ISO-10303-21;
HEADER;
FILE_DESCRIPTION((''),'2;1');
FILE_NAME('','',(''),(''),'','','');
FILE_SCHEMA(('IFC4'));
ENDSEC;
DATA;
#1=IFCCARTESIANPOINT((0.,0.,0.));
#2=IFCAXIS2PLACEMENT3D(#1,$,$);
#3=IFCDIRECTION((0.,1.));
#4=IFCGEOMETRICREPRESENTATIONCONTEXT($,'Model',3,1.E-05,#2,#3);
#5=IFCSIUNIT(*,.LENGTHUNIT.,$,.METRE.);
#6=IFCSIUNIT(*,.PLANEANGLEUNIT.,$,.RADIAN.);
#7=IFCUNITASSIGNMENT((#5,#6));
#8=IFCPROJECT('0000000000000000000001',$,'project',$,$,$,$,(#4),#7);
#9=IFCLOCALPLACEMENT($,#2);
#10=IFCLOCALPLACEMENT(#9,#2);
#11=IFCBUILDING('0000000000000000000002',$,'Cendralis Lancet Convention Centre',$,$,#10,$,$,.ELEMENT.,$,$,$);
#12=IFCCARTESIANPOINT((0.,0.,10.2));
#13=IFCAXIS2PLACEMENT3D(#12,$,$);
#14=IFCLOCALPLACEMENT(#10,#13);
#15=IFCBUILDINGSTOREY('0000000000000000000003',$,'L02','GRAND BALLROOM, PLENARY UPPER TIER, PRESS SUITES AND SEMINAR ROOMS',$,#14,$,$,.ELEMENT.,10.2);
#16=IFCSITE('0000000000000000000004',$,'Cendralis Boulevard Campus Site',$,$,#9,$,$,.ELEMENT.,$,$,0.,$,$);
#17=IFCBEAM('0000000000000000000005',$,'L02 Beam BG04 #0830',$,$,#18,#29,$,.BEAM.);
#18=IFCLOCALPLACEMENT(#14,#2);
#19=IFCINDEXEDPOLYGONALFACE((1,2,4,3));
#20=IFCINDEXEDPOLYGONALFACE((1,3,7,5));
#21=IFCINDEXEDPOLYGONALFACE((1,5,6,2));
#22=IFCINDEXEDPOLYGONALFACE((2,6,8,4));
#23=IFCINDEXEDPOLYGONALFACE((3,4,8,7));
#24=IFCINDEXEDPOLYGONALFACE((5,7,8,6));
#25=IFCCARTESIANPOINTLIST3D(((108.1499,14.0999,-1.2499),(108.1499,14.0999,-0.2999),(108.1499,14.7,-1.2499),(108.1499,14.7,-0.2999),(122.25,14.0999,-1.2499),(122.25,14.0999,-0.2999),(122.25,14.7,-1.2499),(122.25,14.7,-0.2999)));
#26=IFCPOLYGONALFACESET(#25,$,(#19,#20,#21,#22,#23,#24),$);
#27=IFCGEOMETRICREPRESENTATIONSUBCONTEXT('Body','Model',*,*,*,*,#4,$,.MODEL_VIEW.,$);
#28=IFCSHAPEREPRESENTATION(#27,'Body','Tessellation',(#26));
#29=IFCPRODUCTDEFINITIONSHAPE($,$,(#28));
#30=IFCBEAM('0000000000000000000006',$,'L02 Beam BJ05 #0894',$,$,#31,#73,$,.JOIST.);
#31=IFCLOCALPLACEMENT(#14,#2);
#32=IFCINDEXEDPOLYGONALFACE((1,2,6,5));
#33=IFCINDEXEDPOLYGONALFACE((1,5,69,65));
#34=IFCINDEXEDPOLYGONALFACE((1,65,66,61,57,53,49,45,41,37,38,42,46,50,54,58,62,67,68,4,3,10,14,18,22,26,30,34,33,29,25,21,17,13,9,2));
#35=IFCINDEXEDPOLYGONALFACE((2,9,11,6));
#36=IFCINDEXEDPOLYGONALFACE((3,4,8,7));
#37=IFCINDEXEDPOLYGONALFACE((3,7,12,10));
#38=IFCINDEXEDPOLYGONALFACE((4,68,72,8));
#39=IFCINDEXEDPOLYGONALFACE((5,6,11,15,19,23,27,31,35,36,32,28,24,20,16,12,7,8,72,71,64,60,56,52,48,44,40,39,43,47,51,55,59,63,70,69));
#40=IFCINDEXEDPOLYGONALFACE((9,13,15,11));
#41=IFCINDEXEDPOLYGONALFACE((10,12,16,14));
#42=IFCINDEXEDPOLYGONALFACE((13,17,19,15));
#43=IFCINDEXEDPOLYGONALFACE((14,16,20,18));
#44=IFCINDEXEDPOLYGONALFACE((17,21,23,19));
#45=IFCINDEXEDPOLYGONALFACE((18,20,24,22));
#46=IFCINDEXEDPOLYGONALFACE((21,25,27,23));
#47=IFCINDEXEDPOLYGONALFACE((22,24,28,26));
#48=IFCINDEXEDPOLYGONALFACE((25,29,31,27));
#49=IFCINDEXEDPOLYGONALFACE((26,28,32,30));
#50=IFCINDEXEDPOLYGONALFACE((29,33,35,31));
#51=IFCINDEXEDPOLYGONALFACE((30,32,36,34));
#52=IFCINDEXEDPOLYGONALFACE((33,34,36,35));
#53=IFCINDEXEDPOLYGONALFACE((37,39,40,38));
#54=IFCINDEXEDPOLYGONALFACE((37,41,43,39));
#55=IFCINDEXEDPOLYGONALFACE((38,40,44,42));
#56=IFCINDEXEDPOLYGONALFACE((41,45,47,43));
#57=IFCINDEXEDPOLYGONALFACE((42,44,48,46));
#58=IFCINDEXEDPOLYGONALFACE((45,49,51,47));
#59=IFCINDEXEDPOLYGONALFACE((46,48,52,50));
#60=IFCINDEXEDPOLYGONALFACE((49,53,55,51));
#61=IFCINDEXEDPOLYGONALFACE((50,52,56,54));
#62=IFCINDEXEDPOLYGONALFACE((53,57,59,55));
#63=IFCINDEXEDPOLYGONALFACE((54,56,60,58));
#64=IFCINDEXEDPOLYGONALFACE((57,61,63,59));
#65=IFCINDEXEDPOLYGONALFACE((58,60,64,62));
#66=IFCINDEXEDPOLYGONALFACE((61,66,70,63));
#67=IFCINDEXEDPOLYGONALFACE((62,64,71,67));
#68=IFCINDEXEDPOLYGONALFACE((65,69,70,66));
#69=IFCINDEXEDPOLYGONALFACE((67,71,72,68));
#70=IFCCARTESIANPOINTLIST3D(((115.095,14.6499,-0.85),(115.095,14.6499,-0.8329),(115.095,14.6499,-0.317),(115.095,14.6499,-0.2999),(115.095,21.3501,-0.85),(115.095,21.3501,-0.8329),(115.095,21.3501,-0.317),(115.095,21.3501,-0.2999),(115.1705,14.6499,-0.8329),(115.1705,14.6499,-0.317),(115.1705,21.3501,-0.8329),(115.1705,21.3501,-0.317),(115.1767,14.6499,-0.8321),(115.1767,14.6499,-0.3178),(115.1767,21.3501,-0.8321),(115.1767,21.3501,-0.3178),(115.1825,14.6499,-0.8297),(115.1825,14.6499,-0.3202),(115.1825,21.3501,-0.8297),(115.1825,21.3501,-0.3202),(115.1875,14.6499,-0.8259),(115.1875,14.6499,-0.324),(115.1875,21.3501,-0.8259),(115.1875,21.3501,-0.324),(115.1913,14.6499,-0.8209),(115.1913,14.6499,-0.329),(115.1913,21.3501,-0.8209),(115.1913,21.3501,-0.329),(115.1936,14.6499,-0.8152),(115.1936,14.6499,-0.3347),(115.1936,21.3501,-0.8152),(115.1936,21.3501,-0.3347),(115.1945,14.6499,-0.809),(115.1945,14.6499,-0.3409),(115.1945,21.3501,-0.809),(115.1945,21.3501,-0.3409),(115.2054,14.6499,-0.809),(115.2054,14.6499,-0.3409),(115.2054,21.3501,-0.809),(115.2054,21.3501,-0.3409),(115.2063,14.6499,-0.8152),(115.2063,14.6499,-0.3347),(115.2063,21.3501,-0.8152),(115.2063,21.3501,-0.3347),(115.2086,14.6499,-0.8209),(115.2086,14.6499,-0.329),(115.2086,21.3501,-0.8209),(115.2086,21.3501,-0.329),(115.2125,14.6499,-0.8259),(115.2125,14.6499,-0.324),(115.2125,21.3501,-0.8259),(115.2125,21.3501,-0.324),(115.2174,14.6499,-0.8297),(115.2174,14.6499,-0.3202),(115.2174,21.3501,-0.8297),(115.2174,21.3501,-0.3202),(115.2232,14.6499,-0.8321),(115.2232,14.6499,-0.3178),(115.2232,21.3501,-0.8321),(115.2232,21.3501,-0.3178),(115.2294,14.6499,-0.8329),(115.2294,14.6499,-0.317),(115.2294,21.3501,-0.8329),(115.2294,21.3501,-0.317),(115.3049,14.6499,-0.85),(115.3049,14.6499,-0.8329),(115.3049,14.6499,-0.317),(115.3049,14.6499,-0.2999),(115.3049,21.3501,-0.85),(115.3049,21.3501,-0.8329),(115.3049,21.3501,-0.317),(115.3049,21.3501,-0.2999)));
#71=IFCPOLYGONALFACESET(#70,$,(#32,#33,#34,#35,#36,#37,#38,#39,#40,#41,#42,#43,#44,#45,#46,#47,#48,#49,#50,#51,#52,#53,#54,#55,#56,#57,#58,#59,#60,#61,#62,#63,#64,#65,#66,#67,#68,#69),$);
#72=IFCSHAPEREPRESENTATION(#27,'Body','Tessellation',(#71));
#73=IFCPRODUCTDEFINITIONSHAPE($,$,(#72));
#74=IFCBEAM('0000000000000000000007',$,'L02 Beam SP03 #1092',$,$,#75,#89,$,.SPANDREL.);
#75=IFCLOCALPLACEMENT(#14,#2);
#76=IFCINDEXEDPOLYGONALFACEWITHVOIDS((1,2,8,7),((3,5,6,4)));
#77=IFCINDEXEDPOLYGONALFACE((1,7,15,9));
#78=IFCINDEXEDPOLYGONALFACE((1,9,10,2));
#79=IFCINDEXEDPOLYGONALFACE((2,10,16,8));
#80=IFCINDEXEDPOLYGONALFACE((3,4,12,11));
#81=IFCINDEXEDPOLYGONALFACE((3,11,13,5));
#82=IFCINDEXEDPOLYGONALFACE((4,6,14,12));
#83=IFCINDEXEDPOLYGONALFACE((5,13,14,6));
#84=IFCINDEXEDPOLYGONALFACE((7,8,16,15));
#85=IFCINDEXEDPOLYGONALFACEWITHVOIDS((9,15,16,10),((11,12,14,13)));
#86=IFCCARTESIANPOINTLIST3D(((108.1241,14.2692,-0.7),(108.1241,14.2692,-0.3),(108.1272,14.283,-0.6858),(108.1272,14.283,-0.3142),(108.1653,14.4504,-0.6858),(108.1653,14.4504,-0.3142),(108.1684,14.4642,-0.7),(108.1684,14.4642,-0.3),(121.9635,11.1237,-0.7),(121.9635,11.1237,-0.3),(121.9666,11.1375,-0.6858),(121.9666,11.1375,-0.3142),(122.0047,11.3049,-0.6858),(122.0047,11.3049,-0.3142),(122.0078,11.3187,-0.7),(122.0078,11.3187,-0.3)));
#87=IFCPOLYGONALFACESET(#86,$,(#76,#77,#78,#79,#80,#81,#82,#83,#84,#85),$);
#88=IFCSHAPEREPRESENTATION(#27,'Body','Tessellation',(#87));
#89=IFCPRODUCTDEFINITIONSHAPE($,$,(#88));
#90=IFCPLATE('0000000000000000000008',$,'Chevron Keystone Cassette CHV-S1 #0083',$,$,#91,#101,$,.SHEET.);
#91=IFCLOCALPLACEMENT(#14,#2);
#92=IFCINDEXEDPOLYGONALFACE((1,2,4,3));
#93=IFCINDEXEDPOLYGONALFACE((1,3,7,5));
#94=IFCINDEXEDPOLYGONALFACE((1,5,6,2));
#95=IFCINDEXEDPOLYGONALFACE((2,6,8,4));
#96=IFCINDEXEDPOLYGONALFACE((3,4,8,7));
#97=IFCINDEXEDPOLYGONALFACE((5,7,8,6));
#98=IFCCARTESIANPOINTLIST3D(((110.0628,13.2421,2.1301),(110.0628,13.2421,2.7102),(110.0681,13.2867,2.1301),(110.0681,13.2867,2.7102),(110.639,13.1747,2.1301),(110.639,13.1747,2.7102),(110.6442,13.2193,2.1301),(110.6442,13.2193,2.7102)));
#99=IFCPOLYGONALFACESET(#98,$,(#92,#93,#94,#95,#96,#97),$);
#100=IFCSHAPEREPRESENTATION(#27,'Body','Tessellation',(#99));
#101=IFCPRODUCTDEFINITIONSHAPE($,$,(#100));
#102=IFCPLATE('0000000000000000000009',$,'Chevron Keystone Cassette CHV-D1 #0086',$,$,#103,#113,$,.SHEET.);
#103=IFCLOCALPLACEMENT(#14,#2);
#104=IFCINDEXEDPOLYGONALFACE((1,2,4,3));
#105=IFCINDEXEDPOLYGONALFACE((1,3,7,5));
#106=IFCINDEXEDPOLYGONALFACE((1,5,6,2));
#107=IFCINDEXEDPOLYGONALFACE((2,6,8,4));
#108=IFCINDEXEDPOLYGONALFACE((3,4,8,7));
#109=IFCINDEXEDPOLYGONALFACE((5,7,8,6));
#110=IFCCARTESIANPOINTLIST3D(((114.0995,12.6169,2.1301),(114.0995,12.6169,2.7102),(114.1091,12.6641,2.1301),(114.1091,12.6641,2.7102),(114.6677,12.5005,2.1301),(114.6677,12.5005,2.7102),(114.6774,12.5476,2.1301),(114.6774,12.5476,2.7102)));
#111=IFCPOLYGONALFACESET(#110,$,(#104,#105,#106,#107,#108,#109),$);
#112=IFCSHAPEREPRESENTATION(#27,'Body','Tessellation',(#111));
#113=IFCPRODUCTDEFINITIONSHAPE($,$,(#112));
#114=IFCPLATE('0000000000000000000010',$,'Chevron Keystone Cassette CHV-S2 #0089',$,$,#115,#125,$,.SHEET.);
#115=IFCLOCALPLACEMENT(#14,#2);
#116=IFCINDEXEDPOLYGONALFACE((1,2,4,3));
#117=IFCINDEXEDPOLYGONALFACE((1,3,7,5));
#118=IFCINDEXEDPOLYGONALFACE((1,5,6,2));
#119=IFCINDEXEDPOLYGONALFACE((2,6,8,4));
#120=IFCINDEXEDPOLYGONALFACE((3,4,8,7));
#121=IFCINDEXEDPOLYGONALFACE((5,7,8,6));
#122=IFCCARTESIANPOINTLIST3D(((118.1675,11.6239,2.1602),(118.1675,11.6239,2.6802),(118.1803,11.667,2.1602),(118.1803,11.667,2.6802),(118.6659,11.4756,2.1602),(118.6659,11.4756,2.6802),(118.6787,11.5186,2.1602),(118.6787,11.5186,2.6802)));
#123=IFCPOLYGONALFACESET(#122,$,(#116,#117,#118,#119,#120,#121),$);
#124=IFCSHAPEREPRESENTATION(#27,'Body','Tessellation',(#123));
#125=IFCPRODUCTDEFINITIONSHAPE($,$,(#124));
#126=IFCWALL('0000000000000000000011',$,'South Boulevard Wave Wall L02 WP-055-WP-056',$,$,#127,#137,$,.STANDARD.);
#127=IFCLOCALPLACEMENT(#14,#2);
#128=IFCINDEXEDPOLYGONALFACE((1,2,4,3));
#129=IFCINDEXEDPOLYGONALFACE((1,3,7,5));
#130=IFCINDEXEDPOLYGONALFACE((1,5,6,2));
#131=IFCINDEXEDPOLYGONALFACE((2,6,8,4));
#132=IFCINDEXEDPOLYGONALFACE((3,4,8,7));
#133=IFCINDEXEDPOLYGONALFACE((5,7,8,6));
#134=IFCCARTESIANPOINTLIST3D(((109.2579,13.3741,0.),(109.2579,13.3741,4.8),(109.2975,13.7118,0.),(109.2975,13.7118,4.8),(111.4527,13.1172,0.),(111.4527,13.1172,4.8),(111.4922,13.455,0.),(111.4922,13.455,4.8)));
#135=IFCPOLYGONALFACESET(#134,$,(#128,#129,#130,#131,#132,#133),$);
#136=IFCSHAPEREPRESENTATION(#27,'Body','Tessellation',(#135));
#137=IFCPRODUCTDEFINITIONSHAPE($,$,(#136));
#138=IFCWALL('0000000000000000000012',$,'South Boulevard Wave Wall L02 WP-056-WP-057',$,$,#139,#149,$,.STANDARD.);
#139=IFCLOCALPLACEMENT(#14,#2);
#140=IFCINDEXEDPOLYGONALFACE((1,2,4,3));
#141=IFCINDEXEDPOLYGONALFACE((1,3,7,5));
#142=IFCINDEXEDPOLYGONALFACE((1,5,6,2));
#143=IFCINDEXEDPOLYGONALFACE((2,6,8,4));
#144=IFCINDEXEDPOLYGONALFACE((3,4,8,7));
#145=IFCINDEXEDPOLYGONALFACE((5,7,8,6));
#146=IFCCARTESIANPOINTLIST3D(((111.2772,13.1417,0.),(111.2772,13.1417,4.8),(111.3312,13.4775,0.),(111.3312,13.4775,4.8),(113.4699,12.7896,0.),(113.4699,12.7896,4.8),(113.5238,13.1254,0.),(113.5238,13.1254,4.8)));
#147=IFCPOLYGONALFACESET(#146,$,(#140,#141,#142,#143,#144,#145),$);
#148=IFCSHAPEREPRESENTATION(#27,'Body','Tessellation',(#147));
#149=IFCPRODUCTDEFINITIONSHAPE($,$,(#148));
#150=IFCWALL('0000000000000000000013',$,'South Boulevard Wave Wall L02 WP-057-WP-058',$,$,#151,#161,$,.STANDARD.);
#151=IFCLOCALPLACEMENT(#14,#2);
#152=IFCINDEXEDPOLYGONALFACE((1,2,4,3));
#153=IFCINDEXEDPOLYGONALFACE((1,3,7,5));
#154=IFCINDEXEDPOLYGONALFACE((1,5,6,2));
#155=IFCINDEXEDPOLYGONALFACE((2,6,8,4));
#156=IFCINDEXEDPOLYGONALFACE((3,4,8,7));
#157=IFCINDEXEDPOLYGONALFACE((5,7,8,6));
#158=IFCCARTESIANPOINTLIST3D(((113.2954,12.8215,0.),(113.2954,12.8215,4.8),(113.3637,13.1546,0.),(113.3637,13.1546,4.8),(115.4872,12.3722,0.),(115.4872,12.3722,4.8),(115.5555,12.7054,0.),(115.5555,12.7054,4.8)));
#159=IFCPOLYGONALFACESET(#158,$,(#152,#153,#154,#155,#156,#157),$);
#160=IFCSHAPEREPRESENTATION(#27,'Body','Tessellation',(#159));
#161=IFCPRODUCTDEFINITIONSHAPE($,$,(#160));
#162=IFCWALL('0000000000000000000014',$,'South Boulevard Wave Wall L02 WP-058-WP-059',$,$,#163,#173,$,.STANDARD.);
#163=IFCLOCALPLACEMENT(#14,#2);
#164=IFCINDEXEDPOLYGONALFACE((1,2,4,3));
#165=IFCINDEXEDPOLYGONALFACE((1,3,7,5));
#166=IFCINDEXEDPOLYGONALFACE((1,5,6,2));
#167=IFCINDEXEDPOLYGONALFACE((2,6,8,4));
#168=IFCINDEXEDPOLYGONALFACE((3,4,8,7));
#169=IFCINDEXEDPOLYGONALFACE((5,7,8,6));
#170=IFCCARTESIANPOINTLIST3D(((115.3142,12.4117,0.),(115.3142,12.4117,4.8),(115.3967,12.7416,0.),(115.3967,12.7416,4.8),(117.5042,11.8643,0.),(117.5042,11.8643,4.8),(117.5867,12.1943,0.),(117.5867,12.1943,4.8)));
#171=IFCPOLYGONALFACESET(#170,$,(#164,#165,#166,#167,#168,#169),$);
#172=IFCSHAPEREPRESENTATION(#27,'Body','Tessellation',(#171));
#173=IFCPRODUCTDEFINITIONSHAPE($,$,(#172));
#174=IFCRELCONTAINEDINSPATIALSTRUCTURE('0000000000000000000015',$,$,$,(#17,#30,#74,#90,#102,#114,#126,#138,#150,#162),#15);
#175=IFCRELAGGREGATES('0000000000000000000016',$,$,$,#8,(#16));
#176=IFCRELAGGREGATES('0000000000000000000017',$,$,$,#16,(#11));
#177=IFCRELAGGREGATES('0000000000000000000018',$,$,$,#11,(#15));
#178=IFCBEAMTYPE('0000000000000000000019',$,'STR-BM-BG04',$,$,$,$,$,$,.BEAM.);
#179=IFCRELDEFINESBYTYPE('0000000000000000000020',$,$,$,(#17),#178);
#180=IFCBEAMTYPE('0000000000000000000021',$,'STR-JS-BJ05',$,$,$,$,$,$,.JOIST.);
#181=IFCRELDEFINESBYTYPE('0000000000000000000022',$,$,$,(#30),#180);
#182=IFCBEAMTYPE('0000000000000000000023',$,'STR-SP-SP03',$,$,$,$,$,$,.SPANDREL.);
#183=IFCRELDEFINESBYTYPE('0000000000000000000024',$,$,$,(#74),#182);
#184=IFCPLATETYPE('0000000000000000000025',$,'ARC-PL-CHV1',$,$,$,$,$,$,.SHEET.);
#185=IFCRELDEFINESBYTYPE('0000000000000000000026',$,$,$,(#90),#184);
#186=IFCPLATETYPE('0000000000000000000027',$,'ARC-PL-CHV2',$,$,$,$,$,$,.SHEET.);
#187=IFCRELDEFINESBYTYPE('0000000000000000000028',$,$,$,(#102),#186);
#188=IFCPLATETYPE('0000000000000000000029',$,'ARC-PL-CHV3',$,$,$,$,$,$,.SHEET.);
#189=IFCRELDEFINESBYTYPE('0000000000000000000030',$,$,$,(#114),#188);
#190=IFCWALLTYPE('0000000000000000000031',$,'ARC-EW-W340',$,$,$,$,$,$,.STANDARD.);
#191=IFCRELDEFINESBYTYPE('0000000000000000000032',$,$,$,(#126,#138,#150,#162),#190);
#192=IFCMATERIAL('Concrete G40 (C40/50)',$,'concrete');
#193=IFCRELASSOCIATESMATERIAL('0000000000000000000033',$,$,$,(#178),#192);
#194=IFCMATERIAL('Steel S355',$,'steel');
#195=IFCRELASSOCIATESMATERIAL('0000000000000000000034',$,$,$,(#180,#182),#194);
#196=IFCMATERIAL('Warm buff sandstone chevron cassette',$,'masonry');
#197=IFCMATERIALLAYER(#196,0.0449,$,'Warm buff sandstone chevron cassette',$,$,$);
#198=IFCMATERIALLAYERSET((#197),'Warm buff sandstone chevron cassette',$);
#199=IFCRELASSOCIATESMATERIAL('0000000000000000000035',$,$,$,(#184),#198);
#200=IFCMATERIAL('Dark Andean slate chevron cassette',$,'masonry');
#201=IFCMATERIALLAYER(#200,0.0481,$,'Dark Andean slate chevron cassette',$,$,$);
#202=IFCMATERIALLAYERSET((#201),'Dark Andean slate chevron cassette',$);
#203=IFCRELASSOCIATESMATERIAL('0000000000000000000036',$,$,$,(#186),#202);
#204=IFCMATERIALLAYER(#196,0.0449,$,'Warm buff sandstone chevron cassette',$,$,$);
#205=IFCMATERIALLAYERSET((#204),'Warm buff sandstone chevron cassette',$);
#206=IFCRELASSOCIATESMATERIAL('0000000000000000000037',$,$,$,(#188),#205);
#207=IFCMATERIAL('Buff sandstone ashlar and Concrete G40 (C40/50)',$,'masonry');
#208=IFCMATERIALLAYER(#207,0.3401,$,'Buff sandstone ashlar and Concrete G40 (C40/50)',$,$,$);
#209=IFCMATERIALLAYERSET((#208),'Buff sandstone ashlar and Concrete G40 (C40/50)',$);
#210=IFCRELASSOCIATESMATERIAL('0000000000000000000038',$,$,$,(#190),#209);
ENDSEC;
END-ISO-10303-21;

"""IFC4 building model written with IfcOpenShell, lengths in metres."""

from ifc_helpers import new_model, si_unit, direction, frame, frame_2d, origin, origin_2d, place, context, subcontext, project, spatial, rectangle, hollow_rectangle, i_section, extrude, material, layer, layer_set, material_profile, profile_set, type_object, element, save


model = new_model("IFC4")

# Units and contexts
model_context = context("Model", 3, precision=1e-05, world=origin(), true_north=direction((0.0, 1.0)))
body_context = subcontext(model_context, "Body", "Model", "MODEL_VIEW")
ifc_project = project(units=[si_unit("LENGTHUNIT", "METRE"), si_unit("PLANEANGLEUNIT", "RADIAN")], contexts=[model_context])

# Site, building, storey
site_placement = place(None, origin())
site = spatial("IfcSite", under=ifc_project, at=site_placement, Name="Cendralis Boulevard Campus Site", CompositionType="ELEMENT", RefElevation=0.0)
building_placement = place(site_placement, origin())
building = spatial("IfcBuilding", under=site, at=building_placement, Name="Cendralis Lancet Convention Centre", CompositionType="ELEMENT")
storey_placement = place(building_placement, frame((0.0, 0.0, 10.2)))
storey = spatial("IfcBuildingStorey", under=building, at=storey_placement, Name="L02", Description="GRAND BALLROOM, PLENARY UPPER TIER, PRESS SUITES AND SEMINAR ROOMS", CompositionType="ELEMENT", Elevation=10.2)

# Beams
ifc_material_1 = material(Name="Concrete G40 (C40/50)", Category="concrete")
ifc_material_profile_1 = material_profile(ifc_material_1, rectangle(XDim=0.6001, YDim=0.95, at=origin_2d()), Name="RCB 600x950")
ifc_profile_set_1 = profile_set([ifc_material_profile_1], Name="Concrete G40 (C40/50)")
beam_type_1 = type_object("IfcBeamType", Name="STR-BM-BG04", PredefinedType="BEAM", material=ifc_profile_set_1)
beam_1_placement = place(storey_placement, frame((108.1499, 14.3999, -0.7749), z_axis=(1.0, 0.0, 0.0), x_axis=(0.0, 1.0, 0.0)))
element("IfcBeam", 1, at=beam_1_placement, inside=storey, type_object=beam_type_1, Name="L02 Beam BG04 #0830", PredefinedType="BEAM", context=body_context, shape_type="SweptSolid", body=[
    extrude(rectangle(XDim=0.6001, YDim=0.95, at=origin_2d()), origin(), (0.0, 0.0, 1.0), 14.1001),
])
ifc_material_2 = material(Name="Steel S355", Category="steel")
ifc_material_profile_2 = material_profile(ifc_material_2, i_section(OverallWidth=0.21, OverallDepth=0.55, WebThickness=0.011, FlangeThickness=0.0171, FilletRadius=0.0239, at=origin_2d()), Name="IPE 550")
ifc_profile_set_2 = profile_set([ifc_material_profile_2], Name="Steel S355")
beam_type_2 = type_object("IfcBeamType", Name="STR-JS-BJ05", PredefinedType="JOIST", material=ifc_profile_set_2)
beam_2_placement = place(storey_placement, frame((115.2, 14.6499, -0.575), z_axis=(0.0, 1.0, 0.0), x_axis=(-1.0, 0.0, 0.0)))
element("IfcBeam", 2, at=beam_2_placement, inside=storey, type_object=beam_type_2, Name="L02 Beam BJ05 #0894", PredefinedType="JOIST", context=body_context, shape_type="SweptSolid", body=[
    extrude(i_section(OverallWidth=0.21, OverallDepth=0.55, WebThickness=0.011, FlangeThickness=0.0171, FilletRadius=0.0239, at=origin_2d()), origin(), (0.0, 0.0, 1.0), 6.7002),
])
ifc_material_profile_3 = material_profile(ifc_material_2, hollow_rectangle(XDim=0.2, YDim=0.3999, WallThickness=0.0142, at=origin_2d()), Name="RHS 400x200x14.2")
ifc_profile_set_3 = profile_set([ifc_material_profile_3], Name="Steel S355")
beam_type_3 = type_object("IfcBeamType", Name="STR-SP-SP03", PredefinedType="SPANDREL", material=ifc_profile_set_3)
beam_3_placement = place(storey_placement, frame((108.1462, 14.3667, -0.5), z_axis=(0.97513, -0.221634, 0.0), x_axis=(0.221634, 0.97513, 0.0)))
element("IfcBeam", 3, at=beam_3_placement, inside=storey, type_object=beam_type_3, Name="L02 Beam SP03 #1092", PredefinedType="SPANDREL", context=body_context, shape_type="SweptSolid", body=[
    extrude(hollow_rectangle(XDim=0.2, YDim=0.3999, WallThickness=0.0142, at=origin_2d()), origin(), (0.0, 0.0, 1.0), 14.1924),
])

# Plates
ifc_material_3 = material(Name="Warm buff sandstone chevron cassette", Category="masonry")
ifc_layer_1 = layer(ifc_material_3, 0.0449, Name="Warm buff sandstone chevron cassette")
ifc_layer_set_1 = layer_set([ifc_layer_1], Name="Warm buff sandstone chevron cassette")
plate_type_1 = type_object("IfcPlateType", Name="ARC-PL-CHV1", PredefinedType="SHEET", material=ifc_layer_set_1)
plate_1_placement = place(storey_placement, frame((110.3535, 13.2307, 2.1301), z_axis=(0.0, 0.0, 1.0), x_axis=(0.993228, -0.116185, 0.0)))
element("IfcPlate", 4, at=plate_1_placement, inside=storey, type_object=plate_type_1, Name="Chevron Keystone Cassette CHV-S1 #0083", PredefinedType="SHEET", context=body_context, shape_type="SweptSolid", body=[
    extrude(rectangle(XDim=0.5801, YDim=0.0449, at=origin_2d()), origin(), (0.0, 0.0, 1.0), 0.5801),
])
ifc_material_4 = material(Name="Dark Andean slate chevron cassette", Category="masonry")
ifc_layer_2 = layer(ifc_material_4, 0.0481, Name="Dark Andean slate chevron cassette")
ifc_layer_set_2 = layer_set([ifc_layer_2], Name="Dark Andean slate chevron cassette")
plate_type_2 = type_object("IfcPlateType", Name="ARC-PL-CHV2", PredefinedType="SHEET", material=ifc_layer_set_2)
plate_2_placement = place(storey_placement, frame((114.3884, 12.5823, 2.1301), z_axis=(0.0, 0.0, 1.0), x_axis=(0.979638, -0.20077, 0.0)))
element("IfcPlate", 5, at=plate_2_placement, inside=storey, type_object=plate_type_2, Name="Chevron Keystone Cassette CHV-D1 #0086", PredefinedType="SHEET", context=body_context, shape_type="SweptSolid", body=[
    extrude(rectangle(XDim=0.5801, YDim=0.0481, at=origin_2d()), origin(), (0.0, 0.0, 1.0), 0.5801),
])
ifc_layer_3 = layer(ifc_material_3, 0.0449, Name="Warm buff sandstone chevron cassette")
ifc_layer_set_3 = layer_set([ifc_layer_3], Name="Warm buff sandstone chevron cassette")
plate_type_3 = type_object("IfcPlateType", Name="ARC-PL-CHV3", PredefinedType="SHEET", material=ifc_layer_set_3)
plate_3_placement = place(storey_placement, frame((118.4231, 11.5713, 2.1602), z_axis=(0.0, 0.0, 1.0), x_axis=(0.958447, -0.28527, 0.0)))
element("IfcPlate", 6, at=plate_3_placement, inside=storey, type_object=plate_type_3, Name="Chevron Keystone Cassette CHV-S2 #0089", PredefinedType="SHEET", context=body_context, shape_type="SweptSolid", body=[
    extrude(rectangle(XDim=0.52, YDim=0.0449, at=origin_2d()), origin(), (0.0, 0.0, 1.0), 0.52),
])

# Walls
ifc_material_5 = material(Name="Buff sandstone ashlar and Concrete G40 (C40/50)", Category="masonry")
ifc_layer_4 = layer(ifc_material_5, 0.3401, Name="Buff sandstone ashlar and Concrete G40 (C40/50)")
ifc_layer_set_4 = layer_set([ifc_layer_4], Name="Buff sandstone ashlar and Concrete G40 (C40/50)")
wall_type = type_object("IfcWallType", Name="ARC-EW-W340", PredefinedType="STANDARD", material=ifc_layer_set_4)
wall_1_placement = place(storey_placement, frame((109.2776, 13.543, 0.0), z_axis=(0.0, 0.0, 1.0), x_axis=(0.993223, -0.116226, 0.0)))
element("IfcWall", 7, at=wall_1_placement, inside=storey, type_object=wall_type, Name="South Boulevard Wave Wall L02 WP-055-WP-056", PredefinedType="STANDARD", context=body_context, shape_type="SweptSolid", body=[
    extrude(rectangle(XDim=2.2097, YDim=0.3401, at=frame_2d((1.105, 0.0))), origin(), (0.0, 0.0, 1.0), 4.8),
])
wall_2_placement = place(storey_placement, frame((111.3042, 13.3096, 0.0), z_axis=(0.0, 0.0, 1.0), x_axis=(0.987354, -0.158531, 0.0)))
element("IfcWall", 8, at=wall_2_placement, inside=storey, type_object=wall_type, Name="South Boulevard Wave Wall L02 WP-056-WP-057", PredefinedType="STANDARD", context=body_context, shape_type="SweptSolid", body=[
    extrude(rectangle(XDim=2.2207, YDim=0.3401, at=frame_2d((1.1104, 0.0))), origin(), (0.0, 0.0, 1.0), 4.8),
])
wall_3_placement = place(storey_placement, frame((113.3296, 12.988, 0.0), z_axis=(0.0, 0.0, 1.0), x_axis=(0.979634, -0.200794, 0.0)))
element("IfcWall", 9, at=wall_3_placement, inside=storey, type_object=wall_type, Name="South Boulevard Wave Wall L02 WP-057-WP-058", PredefinedType="STANDARD", context=body_context, shape_type="SweptSolid", body=[
    extrude(rectangle(XDim=2.2373, YDim=0.3401, at=frame_2d((1.1187, 0.0))), origin(), (0.0, 0.0, 1.0), 4.8),
])
wall_4_placement = place(storey_placement, frame((115.3555, 12.5767, 0.0), z_axis=(0.0, 0.0, 1.0), x_axis=(0.970155, -0.242485, 0.0)))
element("IfcWall", 10, at=wall_4_placement, inside=storey, type_object=wall_type, Name="South Boulevard Wave Wall L02 WP-058-WP-059", PredefinedType="STANDARD", context=body_context, shape_type="SweptSolid", body=[
    extrude(rectangle(XDim=2.2573, YDim=0.3401, at=frame_2d((1.1287, 0.0))), origin(), (0.0, 0.0, 1.0), 4.8),
])

save(model, "model.ifc")
